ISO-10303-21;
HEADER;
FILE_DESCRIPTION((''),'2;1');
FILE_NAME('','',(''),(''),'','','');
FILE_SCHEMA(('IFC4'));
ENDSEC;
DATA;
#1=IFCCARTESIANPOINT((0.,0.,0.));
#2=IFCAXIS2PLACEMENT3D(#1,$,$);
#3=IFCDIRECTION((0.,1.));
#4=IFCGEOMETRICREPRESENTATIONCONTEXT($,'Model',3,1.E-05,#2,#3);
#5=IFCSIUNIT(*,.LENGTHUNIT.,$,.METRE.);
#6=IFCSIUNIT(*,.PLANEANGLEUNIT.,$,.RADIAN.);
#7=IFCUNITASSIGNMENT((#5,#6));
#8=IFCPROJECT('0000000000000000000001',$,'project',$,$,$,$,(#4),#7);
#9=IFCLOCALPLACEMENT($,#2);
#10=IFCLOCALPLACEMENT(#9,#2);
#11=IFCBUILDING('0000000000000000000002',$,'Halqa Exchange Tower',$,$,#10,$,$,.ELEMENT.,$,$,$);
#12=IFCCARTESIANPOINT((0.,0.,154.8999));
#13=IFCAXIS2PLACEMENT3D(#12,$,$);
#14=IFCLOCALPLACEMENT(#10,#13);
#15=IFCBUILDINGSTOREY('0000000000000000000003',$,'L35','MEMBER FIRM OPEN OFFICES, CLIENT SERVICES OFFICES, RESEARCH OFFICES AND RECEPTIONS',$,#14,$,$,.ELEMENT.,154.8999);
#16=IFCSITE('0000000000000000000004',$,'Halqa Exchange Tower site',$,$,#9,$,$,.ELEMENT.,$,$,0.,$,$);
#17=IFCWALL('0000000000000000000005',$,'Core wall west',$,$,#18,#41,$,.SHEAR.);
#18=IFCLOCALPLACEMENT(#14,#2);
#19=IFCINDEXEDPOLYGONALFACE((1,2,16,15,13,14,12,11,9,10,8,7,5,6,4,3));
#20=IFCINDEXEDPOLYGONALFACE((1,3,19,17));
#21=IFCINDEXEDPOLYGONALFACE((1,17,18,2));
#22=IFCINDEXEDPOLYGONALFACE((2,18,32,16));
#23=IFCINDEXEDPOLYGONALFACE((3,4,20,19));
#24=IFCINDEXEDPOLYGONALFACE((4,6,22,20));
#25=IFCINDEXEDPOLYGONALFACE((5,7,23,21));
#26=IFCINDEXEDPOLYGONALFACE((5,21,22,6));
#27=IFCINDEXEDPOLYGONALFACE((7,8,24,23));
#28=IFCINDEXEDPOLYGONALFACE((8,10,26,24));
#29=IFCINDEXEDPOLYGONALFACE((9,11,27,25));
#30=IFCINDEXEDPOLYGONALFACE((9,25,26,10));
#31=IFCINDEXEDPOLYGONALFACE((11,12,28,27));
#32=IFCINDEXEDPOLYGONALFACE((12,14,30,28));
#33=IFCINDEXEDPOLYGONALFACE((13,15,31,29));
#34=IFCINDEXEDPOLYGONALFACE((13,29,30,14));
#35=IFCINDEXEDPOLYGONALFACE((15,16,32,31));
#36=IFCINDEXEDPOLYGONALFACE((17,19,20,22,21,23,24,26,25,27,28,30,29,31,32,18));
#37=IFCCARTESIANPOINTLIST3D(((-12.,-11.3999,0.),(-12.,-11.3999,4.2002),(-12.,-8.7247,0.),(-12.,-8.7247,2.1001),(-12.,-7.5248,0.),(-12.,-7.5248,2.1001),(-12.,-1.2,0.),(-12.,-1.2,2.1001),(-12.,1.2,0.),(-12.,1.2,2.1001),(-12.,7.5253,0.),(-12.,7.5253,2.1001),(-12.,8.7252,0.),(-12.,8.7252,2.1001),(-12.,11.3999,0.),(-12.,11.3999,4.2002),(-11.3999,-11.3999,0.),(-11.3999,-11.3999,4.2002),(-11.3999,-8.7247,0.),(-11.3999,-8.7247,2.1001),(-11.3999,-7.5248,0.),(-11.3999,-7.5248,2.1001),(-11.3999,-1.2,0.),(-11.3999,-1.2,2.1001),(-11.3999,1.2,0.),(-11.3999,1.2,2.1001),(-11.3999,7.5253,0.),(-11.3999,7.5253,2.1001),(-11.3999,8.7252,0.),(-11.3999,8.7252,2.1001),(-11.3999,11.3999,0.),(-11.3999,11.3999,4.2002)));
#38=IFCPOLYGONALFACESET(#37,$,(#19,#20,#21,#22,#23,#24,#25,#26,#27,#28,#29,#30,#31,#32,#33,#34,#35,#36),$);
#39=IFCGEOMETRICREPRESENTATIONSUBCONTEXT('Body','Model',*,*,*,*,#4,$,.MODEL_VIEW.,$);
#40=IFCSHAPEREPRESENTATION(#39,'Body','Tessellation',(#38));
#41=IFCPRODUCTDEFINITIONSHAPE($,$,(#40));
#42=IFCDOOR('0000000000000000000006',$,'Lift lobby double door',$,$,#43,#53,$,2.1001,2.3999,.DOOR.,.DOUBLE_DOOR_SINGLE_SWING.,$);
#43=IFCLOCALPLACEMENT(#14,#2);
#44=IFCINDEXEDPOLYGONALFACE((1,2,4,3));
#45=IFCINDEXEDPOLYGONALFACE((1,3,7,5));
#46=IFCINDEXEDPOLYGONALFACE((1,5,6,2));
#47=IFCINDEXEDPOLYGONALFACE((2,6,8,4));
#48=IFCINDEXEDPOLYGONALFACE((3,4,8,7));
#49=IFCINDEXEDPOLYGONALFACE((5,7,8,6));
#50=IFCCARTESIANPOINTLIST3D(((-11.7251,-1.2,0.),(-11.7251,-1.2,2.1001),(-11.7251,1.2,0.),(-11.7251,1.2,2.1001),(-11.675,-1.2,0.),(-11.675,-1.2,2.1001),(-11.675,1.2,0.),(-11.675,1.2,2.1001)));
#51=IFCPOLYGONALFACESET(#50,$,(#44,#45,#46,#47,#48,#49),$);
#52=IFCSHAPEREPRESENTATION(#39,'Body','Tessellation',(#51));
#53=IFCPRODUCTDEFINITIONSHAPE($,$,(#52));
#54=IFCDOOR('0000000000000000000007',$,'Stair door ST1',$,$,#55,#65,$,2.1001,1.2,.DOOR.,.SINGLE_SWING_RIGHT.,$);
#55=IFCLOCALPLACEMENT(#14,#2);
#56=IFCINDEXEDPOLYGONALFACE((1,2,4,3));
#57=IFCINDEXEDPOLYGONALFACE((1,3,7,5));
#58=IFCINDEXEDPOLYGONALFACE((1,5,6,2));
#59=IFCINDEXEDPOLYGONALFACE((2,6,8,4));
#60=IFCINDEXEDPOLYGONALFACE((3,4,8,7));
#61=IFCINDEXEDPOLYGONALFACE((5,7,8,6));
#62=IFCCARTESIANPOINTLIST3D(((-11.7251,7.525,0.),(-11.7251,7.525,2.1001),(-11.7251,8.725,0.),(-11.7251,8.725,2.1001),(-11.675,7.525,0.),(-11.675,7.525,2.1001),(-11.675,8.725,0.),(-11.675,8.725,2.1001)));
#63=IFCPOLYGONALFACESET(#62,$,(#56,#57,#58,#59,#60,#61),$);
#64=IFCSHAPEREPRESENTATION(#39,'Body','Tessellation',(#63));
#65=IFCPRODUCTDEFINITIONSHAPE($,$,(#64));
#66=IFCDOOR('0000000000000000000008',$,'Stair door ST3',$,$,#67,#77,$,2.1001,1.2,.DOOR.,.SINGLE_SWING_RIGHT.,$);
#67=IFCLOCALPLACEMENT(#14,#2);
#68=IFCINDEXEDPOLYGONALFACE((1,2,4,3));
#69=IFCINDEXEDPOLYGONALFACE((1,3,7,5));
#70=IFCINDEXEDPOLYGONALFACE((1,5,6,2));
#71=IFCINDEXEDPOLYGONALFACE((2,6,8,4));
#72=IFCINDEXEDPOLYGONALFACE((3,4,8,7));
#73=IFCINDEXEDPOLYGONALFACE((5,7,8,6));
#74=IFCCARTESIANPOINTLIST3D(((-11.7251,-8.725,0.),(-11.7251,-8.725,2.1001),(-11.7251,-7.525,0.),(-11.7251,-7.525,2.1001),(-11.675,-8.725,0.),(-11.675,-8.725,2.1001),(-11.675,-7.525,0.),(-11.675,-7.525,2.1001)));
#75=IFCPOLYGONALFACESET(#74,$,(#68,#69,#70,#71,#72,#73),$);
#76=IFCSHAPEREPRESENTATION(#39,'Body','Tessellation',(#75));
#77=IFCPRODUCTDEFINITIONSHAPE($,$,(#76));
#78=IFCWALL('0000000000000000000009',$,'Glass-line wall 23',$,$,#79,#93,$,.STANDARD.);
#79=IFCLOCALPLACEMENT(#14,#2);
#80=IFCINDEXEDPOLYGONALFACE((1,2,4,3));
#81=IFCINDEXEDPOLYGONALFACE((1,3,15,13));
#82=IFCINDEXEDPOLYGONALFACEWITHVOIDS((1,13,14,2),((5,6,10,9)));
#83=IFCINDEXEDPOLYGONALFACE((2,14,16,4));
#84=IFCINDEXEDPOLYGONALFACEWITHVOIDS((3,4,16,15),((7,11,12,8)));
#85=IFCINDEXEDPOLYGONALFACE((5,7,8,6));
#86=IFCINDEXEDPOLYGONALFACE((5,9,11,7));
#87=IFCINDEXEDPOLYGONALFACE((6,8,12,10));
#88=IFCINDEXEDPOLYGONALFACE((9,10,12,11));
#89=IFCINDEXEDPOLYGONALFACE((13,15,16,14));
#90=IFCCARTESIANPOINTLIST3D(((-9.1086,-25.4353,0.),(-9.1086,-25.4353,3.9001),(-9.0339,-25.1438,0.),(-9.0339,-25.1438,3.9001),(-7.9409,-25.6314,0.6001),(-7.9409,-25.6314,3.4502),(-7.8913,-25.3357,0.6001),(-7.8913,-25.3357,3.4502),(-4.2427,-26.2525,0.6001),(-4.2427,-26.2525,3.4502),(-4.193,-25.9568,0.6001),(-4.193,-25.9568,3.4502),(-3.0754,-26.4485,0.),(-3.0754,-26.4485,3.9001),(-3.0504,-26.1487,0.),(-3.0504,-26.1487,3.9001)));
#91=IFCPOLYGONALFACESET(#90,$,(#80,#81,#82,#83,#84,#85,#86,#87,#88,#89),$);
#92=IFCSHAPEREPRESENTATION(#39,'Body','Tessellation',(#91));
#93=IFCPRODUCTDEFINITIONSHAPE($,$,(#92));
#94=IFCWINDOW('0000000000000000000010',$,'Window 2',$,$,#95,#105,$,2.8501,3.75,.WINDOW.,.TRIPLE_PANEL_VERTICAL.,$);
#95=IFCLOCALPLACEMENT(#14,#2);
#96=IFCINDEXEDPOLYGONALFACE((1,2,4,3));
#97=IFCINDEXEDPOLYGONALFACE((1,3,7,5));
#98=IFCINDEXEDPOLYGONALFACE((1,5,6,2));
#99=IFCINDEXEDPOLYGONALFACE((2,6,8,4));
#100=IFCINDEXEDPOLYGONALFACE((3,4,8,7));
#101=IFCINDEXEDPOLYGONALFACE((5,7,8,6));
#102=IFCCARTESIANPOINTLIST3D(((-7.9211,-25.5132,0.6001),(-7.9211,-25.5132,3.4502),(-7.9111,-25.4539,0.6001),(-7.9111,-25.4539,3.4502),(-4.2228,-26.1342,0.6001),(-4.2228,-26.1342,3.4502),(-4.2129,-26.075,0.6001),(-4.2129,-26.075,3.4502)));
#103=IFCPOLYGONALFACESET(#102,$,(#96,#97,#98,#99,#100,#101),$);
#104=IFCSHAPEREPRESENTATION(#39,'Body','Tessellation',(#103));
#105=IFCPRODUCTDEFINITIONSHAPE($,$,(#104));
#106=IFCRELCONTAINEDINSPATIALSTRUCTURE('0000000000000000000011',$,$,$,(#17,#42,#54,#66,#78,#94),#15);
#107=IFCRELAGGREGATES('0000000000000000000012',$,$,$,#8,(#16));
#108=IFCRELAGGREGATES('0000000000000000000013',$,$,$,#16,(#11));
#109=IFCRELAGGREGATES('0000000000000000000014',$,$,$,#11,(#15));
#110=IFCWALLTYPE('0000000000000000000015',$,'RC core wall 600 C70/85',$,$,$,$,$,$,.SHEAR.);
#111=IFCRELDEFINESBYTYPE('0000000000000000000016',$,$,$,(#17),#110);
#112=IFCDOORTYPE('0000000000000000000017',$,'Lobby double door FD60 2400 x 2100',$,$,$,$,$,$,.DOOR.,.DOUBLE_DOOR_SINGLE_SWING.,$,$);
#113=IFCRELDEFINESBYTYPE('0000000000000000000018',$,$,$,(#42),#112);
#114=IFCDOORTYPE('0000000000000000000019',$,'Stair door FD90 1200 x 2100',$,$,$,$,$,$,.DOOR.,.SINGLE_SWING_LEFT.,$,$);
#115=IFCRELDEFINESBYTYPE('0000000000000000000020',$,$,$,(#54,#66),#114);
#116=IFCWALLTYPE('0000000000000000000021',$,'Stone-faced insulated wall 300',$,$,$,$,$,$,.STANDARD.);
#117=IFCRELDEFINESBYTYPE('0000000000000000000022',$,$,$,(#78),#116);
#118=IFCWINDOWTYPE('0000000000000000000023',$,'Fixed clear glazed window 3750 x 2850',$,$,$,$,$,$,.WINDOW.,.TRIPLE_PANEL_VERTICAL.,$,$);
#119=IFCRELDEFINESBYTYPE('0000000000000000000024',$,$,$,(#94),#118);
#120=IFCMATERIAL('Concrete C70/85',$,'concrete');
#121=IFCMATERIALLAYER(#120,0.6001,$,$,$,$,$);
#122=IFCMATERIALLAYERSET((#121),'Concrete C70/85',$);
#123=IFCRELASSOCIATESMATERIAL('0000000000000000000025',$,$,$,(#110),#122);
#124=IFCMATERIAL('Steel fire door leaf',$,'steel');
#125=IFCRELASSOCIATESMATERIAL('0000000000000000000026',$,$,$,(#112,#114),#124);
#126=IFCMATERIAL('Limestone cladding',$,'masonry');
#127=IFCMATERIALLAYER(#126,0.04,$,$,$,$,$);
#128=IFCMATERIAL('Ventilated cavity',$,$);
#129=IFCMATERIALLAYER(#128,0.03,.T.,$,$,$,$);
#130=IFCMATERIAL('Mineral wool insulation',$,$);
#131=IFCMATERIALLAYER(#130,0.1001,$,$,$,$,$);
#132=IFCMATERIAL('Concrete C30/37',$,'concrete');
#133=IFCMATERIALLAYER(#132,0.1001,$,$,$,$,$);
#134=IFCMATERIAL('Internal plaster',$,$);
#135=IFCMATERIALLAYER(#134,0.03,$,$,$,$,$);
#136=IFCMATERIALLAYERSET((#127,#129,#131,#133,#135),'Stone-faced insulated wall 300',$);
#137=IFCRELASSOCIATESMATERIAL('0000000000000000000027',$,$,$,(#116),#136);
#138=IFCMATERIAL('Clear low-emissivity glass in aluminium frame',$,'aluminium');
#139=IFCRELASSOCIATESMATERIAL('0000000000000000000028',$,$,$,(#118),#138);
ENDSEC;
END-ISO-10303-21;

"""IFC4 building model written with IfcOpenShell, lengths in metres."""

from ifc_helpers import new_model, si_unit, direction, frame, frame_2d, origin, place, context, subcontext, project, spatial, polyline, rectangle, outline, extrude, material, layer, layer_set, type_object, element, fill, save


model = new_model("IFC4")

# Units and contexts
model_context = context("Model", 3, precision=1e-05, world=origin(), true_north=direction((0.0, 1.0)))
body_context = subcontext(model_context, "Body", "Model", "MODEL_VIEW")
ifc_project = project(units=[si_unit("LENGTHUNIT", "METRE"), si_unit("PLANEANGLEUNIT", "RADIAN")], contexts=[model_context])

# Site, building, storey
site_placement = place(None, origin())
site = spatial("IfcSite", under=ifc_project, at=site_placement, Name="Halqa Exchange Tower site", CompositionType="ELEMENT", RefElevation=0.0)
building_placement = place(site_placement, origin())
building = spatial("IfcBuilding", under=site, at=building_placement, Name="Halqa Exchange Tower", CompositionType="ELEMENT")
storey_placement = place(building_placement, frame((0.0, 0.0, 154.8999)))
storey = spatial("IfcBuildingStorey", under=building, at=storey_placement, Name="L35", Description="MEMBER FIRM OPEN OFFICES, CLIENT SERVICES OFFICES, RESEARCH OFFICES AND RECEPTIONS", CompositionType="ELEMENT", Elevation=154.8999)

# Shared definitions
ifc_material_1 = material(Name="Concrete C70/85", Category="concrete")

# Wall, openings, doors
ifc_layer_1 = layer(ifc_material_1, 0.6001)
ifc_layer_set_1 = layer_set([ifc_layer_1], Name="Concrete C70/85")
wall_type_1 = type_object("IfcWallType", Name="RC core wall 600 C70/85", PredefinedType="SHEAR", material=ifc_layer_set_1)
wall_1_placement = place(storey_placement, frame((-11.7, -11.3999, 0.0), z_axis=(0.0, 0.0, 1.0), x_axis=(0.0, 1.0, 0.0)))
wall_1 = element("IfcWall", 1, at=wall_1_placement, inside=storey, type_object=wall_type_1, Name="Core wall west", PredefinedType="SHEAR", context=body_context, shape_type="SweptSolid", body=[
    extrude(rectangle(XDim=22.7998, YDim=0.6001, at=frame_2d((11.3999, 0.0))), origin(), (0.0, 0.0, 1.0), 4.2002),
])
opening_1_placement = place(wall_1_placement, frame((10.2, 0.0, 0.0)))
opening_1 = element("IfcOpeningElement", 2, at=opening_1_placement, cuts=wall_1, PredefinedType="OPENING", context=body_context, shape_type="SweptSolid", body=[
    extrude(rectangle(XDim=2.3999, YDim=2.1001, at=frame_2d((1.2, 1.05))), frame((0.0, 0.312, 0.0), z_axis=(0.0, -1.0, 0.0), x_axis=(1.0, 0.0, 0.0)), (0.0, 0.0, 1.0), 0.624),
])
opening_2_placement = place(wall_1_placement, frame((18.925, 0.0, 0.0)))
opening_2 = element("IfcOpeningElement", 3, at=opening_2_placement, cuts=wall_1, PredefinedType="OPENING", context=body_context, shape_type="SweptSolid", body=[
    extrude(rectangle(XDim=1.2, YDim=2.1001, at=frame_2d((0.6001, 1.05))), frame((0.0, 0.312, 0.0), z_axis=(0.0, -1.0, 0.0), x_axis=(1.0, 0.0, 0.0)), (0.0, 0.0, 1.0), 0.624),
])
opening_3_placement = place(wall_1_placement, frame((2.675, 0.0, 0.0)))
opening_3 = element("IfcOpeningElement", 4, at=opening_3_placement, cuts=wall_1, PredefinedType="OPENING", context=body_context, shape_type="SweptSolid", body=[
    extrude(rectangle(XDim=1.2, YDim=2.1001, at=frame_2d((0.6001, 1.05))), frame((0.0, 0.312, 0.0), z_axis=(0.0, -1.0, 0.0), x_axis=(1.0, 0.0, 0.0)), (0.0, 0.0, 1.0), 0.624),
])
ifc_material_2 = material(Name="Steel fire door leaf", Category="steel")
door_type_1 = type_object("IfcDoorType", Name="Lobby double door FD60 2400 x 2100", OperationType="DOUBLE_DOOR_SINGLE_SWING", PredefinedType="DOOR", material=ifc_material_2)
door_1_placement = place(opening_1_placement, frame((2.3999, 0.0, 0.0), z_axis=(0.0, 0.0, 1.0), x_axis=(-1.0, 0.0, 0.0)))
door_1 = element("IfcDoor", 5, at=door_1_placement, inside=storey, type_object=door_type_1, Name="Lift lobby double door", OperationType="DOUBLE_DOOR_SINGLE_SWING", OverallHeight=2.1001, OverallWidth=2.3999, PredefinedType="DOOR", context=body_context, shape_type="SweptSolid", body=[
    extrude(rectangle(XDim=2.3999, YDim=2.1001, at=frame_2d((1.2, 1.05))), frame((0.0, 0.0249, 0.0), z_axis=(0.0, -1.0, 0.0), x_axis=(1.0, 0.0, 0.0)), (0.0, 0.0, 1.0), 0.05),
])
fill(opening_1, door_1)
door_type_2 = type_object("IfcDoorType", Name="Stair door FD90 1200 x 2100", OperationType="SINGLE_SWING_LEFT", PredefinedType="DOOR", material=ifc_material_2)
door_2_placement = place(opening_2_placement, frame((1.2, 0.0, 0.0), z_axis=(0.0, 0.0, 1.0), x_axis=(-1.0, 0.0, 0.0)))
door_2 = element("IfcDoor", 6, at=door_2_placement, inside=storey, type_object=door_type_2, Name="Stair door ST1", OperationType="SINGLE_SWING_RIGHT", OverallHeight=2.1001, OverallWidth=1.2, PredefinedType="DOOR", context=body_context, shape_type="SweptSolid", body=[
    extrude(rectangle(XDim=1.2, YDim=2.1001, at=frame_2d((0.6001, 1.05))), frame((0.0, 0.0249, 0.0), z_axis=(0.0, -1.0, 0.0), x_axis=(1.0, 0.0, 0.0)), (0.0, 0.0, 1.0), 0.05),
])
fill(opening_2, door_2)
door_3_placement = place(opening_3_placement, frame((1.2, 0.0, 0.0), z_axis=(0.0, 0.0, 1.0), x_axis=(-1.0, 0.0, 0.0)))
door_3 = element("IfcDoor", 7, at=door_3_placement, inside=storey, type_object=door_type_2, Name="Stair door ST3", OperationType="SINGLE_SWING_RIGHT", OverallHeight=2.1001, OverallWidth=1.2, PredefinedType="DOOR", context=body_context, shape_type="SweptSolid", body=[
    extrude(rectangle(XDim=1.2, YDim=2.1001, at=frame_2d((0.6001, 1.05))), frame((0.0, 0.0249, 0.0), z_axis=(0.0, -1.0, 0.0), x_axis=(1.0, 0.0, 0.0)), (0.0, 0.0, 1.0), 0.05),
])
fill(opening_3, door_3)

# Wall, opening, window
ifc_material_3 = material(Name="Limestone cladding", Category="masonry")
ifc_layer_2 = layer(ifc_material_3, 0.04)
ifc_material_4 = material(Name="Ventilated cavity")
ifc_layer_3 = layer(ifc_material_4, 0.03, ventilated=True)
ifc_material_5 = material(Name="Mineral wool insulation")
ifc_layer_4 = layer(ifc_material_5, 0.1001)
ifc_material_6 = material(Name="Concrete C30/37", Category="concrete")
ifc_layer_5 = layer(ifc_material_6, 0.1001)
ifc_material_7 = material(Name="Internal plaster")
ifc_layer_6 = layer(ifc_material_7, 0.03)
ifc_layer_set_2 = layer_set([ifc_layer_2, ifc_layer_3, ifc_layer_4, ifc_layer_5, ifc_layer_6], Name="Stone-faced insulated wall 300")
wall_type_2 = type_object("IfcWallType", Name="Stone-faced insulated wall 300", PredefinedType="STANDARD", material=ifc_layer_set_2)
wall_2_placement = place(storey_placement, frame((-9.0713, -25.2896, 0.0), z_axis=(0.0, 0.0, 1.0), x_axis=(0.98619, -0.165621, 0.0)))
wall_2 = element("IfcWall", 8, at=wall_2_placement, inside=storey, type_object=wall_type_2, Name="Glass-line wall 23", PredefinedType="STANDARD", context=body_context, shape_type="SweptSolid", body=[
    extrude(outline(polyline([(-0.0127, -0.1499), (6.105, -0.1499), (6.0801, 0.1499), (0.0127, 0.1499), (-0.0127, -0.1499)])), origin(), (0.0, 0.0, 1.0), 3.9001),
])
opening_4_placement = place(wall_2_placement, frame((1.1714, 0.0, 0.6001)))
opening_4 = element("IfcOpeningElement", 9, at=opening_4_placement, cuts=wall_2, PredefinedType="OPENING", context=body_context, shape_type="SweptSolid", body=[
    extrude(rectangle(XDim=3.75, YDim=2.8501, at=frame_2d((1.875, 1.425))), frame((0.0, 0.1621, 0.0), z_axis=(0.0, -1.0, 0.0), x_axis=(1.0, 0.0, 0.0)), (0.0, 0.0, 1.0), 0.324),
])
ifc_material_8 = material(Name="Clear low-emissivity glass in aluminium frame", Category="aluminium")
window_type = type_object("IfcWindowType", Name="Fixed clear glazed window 3750 x 2850", PartitioningType="TRIPLE_PANEL_VERTICAL", PredefinedType="WINDOW", material=ifc_material_8)
window_placement = place(opening_4_placement, origin())
window = element("IfcWindow", 10, at=window_placement, inside=storey, type_object=window_type, Name="Window 2", OverallHeight=2.8501, OverallWidth=3.75, PartitioningType="TRIPLE_PANEL_VERTICAL", PredefinedType="WINDOW", context=body_context, shape_type="SweptSolid", body=[
    extrude(rectangle(XDim=3.75, YDim=2.8501, at=frame_2d((1.875, 1.425))), frame((0.0, 0.03, 0.0), z_axis=(0.0, -1.0, 0.0), x_axis=(1.0, 0.0, 0.0)), (0.0, 0.0, 1.0), 0.0601),
])
fill(opening_4, window)

save(model, "model.ifc")
